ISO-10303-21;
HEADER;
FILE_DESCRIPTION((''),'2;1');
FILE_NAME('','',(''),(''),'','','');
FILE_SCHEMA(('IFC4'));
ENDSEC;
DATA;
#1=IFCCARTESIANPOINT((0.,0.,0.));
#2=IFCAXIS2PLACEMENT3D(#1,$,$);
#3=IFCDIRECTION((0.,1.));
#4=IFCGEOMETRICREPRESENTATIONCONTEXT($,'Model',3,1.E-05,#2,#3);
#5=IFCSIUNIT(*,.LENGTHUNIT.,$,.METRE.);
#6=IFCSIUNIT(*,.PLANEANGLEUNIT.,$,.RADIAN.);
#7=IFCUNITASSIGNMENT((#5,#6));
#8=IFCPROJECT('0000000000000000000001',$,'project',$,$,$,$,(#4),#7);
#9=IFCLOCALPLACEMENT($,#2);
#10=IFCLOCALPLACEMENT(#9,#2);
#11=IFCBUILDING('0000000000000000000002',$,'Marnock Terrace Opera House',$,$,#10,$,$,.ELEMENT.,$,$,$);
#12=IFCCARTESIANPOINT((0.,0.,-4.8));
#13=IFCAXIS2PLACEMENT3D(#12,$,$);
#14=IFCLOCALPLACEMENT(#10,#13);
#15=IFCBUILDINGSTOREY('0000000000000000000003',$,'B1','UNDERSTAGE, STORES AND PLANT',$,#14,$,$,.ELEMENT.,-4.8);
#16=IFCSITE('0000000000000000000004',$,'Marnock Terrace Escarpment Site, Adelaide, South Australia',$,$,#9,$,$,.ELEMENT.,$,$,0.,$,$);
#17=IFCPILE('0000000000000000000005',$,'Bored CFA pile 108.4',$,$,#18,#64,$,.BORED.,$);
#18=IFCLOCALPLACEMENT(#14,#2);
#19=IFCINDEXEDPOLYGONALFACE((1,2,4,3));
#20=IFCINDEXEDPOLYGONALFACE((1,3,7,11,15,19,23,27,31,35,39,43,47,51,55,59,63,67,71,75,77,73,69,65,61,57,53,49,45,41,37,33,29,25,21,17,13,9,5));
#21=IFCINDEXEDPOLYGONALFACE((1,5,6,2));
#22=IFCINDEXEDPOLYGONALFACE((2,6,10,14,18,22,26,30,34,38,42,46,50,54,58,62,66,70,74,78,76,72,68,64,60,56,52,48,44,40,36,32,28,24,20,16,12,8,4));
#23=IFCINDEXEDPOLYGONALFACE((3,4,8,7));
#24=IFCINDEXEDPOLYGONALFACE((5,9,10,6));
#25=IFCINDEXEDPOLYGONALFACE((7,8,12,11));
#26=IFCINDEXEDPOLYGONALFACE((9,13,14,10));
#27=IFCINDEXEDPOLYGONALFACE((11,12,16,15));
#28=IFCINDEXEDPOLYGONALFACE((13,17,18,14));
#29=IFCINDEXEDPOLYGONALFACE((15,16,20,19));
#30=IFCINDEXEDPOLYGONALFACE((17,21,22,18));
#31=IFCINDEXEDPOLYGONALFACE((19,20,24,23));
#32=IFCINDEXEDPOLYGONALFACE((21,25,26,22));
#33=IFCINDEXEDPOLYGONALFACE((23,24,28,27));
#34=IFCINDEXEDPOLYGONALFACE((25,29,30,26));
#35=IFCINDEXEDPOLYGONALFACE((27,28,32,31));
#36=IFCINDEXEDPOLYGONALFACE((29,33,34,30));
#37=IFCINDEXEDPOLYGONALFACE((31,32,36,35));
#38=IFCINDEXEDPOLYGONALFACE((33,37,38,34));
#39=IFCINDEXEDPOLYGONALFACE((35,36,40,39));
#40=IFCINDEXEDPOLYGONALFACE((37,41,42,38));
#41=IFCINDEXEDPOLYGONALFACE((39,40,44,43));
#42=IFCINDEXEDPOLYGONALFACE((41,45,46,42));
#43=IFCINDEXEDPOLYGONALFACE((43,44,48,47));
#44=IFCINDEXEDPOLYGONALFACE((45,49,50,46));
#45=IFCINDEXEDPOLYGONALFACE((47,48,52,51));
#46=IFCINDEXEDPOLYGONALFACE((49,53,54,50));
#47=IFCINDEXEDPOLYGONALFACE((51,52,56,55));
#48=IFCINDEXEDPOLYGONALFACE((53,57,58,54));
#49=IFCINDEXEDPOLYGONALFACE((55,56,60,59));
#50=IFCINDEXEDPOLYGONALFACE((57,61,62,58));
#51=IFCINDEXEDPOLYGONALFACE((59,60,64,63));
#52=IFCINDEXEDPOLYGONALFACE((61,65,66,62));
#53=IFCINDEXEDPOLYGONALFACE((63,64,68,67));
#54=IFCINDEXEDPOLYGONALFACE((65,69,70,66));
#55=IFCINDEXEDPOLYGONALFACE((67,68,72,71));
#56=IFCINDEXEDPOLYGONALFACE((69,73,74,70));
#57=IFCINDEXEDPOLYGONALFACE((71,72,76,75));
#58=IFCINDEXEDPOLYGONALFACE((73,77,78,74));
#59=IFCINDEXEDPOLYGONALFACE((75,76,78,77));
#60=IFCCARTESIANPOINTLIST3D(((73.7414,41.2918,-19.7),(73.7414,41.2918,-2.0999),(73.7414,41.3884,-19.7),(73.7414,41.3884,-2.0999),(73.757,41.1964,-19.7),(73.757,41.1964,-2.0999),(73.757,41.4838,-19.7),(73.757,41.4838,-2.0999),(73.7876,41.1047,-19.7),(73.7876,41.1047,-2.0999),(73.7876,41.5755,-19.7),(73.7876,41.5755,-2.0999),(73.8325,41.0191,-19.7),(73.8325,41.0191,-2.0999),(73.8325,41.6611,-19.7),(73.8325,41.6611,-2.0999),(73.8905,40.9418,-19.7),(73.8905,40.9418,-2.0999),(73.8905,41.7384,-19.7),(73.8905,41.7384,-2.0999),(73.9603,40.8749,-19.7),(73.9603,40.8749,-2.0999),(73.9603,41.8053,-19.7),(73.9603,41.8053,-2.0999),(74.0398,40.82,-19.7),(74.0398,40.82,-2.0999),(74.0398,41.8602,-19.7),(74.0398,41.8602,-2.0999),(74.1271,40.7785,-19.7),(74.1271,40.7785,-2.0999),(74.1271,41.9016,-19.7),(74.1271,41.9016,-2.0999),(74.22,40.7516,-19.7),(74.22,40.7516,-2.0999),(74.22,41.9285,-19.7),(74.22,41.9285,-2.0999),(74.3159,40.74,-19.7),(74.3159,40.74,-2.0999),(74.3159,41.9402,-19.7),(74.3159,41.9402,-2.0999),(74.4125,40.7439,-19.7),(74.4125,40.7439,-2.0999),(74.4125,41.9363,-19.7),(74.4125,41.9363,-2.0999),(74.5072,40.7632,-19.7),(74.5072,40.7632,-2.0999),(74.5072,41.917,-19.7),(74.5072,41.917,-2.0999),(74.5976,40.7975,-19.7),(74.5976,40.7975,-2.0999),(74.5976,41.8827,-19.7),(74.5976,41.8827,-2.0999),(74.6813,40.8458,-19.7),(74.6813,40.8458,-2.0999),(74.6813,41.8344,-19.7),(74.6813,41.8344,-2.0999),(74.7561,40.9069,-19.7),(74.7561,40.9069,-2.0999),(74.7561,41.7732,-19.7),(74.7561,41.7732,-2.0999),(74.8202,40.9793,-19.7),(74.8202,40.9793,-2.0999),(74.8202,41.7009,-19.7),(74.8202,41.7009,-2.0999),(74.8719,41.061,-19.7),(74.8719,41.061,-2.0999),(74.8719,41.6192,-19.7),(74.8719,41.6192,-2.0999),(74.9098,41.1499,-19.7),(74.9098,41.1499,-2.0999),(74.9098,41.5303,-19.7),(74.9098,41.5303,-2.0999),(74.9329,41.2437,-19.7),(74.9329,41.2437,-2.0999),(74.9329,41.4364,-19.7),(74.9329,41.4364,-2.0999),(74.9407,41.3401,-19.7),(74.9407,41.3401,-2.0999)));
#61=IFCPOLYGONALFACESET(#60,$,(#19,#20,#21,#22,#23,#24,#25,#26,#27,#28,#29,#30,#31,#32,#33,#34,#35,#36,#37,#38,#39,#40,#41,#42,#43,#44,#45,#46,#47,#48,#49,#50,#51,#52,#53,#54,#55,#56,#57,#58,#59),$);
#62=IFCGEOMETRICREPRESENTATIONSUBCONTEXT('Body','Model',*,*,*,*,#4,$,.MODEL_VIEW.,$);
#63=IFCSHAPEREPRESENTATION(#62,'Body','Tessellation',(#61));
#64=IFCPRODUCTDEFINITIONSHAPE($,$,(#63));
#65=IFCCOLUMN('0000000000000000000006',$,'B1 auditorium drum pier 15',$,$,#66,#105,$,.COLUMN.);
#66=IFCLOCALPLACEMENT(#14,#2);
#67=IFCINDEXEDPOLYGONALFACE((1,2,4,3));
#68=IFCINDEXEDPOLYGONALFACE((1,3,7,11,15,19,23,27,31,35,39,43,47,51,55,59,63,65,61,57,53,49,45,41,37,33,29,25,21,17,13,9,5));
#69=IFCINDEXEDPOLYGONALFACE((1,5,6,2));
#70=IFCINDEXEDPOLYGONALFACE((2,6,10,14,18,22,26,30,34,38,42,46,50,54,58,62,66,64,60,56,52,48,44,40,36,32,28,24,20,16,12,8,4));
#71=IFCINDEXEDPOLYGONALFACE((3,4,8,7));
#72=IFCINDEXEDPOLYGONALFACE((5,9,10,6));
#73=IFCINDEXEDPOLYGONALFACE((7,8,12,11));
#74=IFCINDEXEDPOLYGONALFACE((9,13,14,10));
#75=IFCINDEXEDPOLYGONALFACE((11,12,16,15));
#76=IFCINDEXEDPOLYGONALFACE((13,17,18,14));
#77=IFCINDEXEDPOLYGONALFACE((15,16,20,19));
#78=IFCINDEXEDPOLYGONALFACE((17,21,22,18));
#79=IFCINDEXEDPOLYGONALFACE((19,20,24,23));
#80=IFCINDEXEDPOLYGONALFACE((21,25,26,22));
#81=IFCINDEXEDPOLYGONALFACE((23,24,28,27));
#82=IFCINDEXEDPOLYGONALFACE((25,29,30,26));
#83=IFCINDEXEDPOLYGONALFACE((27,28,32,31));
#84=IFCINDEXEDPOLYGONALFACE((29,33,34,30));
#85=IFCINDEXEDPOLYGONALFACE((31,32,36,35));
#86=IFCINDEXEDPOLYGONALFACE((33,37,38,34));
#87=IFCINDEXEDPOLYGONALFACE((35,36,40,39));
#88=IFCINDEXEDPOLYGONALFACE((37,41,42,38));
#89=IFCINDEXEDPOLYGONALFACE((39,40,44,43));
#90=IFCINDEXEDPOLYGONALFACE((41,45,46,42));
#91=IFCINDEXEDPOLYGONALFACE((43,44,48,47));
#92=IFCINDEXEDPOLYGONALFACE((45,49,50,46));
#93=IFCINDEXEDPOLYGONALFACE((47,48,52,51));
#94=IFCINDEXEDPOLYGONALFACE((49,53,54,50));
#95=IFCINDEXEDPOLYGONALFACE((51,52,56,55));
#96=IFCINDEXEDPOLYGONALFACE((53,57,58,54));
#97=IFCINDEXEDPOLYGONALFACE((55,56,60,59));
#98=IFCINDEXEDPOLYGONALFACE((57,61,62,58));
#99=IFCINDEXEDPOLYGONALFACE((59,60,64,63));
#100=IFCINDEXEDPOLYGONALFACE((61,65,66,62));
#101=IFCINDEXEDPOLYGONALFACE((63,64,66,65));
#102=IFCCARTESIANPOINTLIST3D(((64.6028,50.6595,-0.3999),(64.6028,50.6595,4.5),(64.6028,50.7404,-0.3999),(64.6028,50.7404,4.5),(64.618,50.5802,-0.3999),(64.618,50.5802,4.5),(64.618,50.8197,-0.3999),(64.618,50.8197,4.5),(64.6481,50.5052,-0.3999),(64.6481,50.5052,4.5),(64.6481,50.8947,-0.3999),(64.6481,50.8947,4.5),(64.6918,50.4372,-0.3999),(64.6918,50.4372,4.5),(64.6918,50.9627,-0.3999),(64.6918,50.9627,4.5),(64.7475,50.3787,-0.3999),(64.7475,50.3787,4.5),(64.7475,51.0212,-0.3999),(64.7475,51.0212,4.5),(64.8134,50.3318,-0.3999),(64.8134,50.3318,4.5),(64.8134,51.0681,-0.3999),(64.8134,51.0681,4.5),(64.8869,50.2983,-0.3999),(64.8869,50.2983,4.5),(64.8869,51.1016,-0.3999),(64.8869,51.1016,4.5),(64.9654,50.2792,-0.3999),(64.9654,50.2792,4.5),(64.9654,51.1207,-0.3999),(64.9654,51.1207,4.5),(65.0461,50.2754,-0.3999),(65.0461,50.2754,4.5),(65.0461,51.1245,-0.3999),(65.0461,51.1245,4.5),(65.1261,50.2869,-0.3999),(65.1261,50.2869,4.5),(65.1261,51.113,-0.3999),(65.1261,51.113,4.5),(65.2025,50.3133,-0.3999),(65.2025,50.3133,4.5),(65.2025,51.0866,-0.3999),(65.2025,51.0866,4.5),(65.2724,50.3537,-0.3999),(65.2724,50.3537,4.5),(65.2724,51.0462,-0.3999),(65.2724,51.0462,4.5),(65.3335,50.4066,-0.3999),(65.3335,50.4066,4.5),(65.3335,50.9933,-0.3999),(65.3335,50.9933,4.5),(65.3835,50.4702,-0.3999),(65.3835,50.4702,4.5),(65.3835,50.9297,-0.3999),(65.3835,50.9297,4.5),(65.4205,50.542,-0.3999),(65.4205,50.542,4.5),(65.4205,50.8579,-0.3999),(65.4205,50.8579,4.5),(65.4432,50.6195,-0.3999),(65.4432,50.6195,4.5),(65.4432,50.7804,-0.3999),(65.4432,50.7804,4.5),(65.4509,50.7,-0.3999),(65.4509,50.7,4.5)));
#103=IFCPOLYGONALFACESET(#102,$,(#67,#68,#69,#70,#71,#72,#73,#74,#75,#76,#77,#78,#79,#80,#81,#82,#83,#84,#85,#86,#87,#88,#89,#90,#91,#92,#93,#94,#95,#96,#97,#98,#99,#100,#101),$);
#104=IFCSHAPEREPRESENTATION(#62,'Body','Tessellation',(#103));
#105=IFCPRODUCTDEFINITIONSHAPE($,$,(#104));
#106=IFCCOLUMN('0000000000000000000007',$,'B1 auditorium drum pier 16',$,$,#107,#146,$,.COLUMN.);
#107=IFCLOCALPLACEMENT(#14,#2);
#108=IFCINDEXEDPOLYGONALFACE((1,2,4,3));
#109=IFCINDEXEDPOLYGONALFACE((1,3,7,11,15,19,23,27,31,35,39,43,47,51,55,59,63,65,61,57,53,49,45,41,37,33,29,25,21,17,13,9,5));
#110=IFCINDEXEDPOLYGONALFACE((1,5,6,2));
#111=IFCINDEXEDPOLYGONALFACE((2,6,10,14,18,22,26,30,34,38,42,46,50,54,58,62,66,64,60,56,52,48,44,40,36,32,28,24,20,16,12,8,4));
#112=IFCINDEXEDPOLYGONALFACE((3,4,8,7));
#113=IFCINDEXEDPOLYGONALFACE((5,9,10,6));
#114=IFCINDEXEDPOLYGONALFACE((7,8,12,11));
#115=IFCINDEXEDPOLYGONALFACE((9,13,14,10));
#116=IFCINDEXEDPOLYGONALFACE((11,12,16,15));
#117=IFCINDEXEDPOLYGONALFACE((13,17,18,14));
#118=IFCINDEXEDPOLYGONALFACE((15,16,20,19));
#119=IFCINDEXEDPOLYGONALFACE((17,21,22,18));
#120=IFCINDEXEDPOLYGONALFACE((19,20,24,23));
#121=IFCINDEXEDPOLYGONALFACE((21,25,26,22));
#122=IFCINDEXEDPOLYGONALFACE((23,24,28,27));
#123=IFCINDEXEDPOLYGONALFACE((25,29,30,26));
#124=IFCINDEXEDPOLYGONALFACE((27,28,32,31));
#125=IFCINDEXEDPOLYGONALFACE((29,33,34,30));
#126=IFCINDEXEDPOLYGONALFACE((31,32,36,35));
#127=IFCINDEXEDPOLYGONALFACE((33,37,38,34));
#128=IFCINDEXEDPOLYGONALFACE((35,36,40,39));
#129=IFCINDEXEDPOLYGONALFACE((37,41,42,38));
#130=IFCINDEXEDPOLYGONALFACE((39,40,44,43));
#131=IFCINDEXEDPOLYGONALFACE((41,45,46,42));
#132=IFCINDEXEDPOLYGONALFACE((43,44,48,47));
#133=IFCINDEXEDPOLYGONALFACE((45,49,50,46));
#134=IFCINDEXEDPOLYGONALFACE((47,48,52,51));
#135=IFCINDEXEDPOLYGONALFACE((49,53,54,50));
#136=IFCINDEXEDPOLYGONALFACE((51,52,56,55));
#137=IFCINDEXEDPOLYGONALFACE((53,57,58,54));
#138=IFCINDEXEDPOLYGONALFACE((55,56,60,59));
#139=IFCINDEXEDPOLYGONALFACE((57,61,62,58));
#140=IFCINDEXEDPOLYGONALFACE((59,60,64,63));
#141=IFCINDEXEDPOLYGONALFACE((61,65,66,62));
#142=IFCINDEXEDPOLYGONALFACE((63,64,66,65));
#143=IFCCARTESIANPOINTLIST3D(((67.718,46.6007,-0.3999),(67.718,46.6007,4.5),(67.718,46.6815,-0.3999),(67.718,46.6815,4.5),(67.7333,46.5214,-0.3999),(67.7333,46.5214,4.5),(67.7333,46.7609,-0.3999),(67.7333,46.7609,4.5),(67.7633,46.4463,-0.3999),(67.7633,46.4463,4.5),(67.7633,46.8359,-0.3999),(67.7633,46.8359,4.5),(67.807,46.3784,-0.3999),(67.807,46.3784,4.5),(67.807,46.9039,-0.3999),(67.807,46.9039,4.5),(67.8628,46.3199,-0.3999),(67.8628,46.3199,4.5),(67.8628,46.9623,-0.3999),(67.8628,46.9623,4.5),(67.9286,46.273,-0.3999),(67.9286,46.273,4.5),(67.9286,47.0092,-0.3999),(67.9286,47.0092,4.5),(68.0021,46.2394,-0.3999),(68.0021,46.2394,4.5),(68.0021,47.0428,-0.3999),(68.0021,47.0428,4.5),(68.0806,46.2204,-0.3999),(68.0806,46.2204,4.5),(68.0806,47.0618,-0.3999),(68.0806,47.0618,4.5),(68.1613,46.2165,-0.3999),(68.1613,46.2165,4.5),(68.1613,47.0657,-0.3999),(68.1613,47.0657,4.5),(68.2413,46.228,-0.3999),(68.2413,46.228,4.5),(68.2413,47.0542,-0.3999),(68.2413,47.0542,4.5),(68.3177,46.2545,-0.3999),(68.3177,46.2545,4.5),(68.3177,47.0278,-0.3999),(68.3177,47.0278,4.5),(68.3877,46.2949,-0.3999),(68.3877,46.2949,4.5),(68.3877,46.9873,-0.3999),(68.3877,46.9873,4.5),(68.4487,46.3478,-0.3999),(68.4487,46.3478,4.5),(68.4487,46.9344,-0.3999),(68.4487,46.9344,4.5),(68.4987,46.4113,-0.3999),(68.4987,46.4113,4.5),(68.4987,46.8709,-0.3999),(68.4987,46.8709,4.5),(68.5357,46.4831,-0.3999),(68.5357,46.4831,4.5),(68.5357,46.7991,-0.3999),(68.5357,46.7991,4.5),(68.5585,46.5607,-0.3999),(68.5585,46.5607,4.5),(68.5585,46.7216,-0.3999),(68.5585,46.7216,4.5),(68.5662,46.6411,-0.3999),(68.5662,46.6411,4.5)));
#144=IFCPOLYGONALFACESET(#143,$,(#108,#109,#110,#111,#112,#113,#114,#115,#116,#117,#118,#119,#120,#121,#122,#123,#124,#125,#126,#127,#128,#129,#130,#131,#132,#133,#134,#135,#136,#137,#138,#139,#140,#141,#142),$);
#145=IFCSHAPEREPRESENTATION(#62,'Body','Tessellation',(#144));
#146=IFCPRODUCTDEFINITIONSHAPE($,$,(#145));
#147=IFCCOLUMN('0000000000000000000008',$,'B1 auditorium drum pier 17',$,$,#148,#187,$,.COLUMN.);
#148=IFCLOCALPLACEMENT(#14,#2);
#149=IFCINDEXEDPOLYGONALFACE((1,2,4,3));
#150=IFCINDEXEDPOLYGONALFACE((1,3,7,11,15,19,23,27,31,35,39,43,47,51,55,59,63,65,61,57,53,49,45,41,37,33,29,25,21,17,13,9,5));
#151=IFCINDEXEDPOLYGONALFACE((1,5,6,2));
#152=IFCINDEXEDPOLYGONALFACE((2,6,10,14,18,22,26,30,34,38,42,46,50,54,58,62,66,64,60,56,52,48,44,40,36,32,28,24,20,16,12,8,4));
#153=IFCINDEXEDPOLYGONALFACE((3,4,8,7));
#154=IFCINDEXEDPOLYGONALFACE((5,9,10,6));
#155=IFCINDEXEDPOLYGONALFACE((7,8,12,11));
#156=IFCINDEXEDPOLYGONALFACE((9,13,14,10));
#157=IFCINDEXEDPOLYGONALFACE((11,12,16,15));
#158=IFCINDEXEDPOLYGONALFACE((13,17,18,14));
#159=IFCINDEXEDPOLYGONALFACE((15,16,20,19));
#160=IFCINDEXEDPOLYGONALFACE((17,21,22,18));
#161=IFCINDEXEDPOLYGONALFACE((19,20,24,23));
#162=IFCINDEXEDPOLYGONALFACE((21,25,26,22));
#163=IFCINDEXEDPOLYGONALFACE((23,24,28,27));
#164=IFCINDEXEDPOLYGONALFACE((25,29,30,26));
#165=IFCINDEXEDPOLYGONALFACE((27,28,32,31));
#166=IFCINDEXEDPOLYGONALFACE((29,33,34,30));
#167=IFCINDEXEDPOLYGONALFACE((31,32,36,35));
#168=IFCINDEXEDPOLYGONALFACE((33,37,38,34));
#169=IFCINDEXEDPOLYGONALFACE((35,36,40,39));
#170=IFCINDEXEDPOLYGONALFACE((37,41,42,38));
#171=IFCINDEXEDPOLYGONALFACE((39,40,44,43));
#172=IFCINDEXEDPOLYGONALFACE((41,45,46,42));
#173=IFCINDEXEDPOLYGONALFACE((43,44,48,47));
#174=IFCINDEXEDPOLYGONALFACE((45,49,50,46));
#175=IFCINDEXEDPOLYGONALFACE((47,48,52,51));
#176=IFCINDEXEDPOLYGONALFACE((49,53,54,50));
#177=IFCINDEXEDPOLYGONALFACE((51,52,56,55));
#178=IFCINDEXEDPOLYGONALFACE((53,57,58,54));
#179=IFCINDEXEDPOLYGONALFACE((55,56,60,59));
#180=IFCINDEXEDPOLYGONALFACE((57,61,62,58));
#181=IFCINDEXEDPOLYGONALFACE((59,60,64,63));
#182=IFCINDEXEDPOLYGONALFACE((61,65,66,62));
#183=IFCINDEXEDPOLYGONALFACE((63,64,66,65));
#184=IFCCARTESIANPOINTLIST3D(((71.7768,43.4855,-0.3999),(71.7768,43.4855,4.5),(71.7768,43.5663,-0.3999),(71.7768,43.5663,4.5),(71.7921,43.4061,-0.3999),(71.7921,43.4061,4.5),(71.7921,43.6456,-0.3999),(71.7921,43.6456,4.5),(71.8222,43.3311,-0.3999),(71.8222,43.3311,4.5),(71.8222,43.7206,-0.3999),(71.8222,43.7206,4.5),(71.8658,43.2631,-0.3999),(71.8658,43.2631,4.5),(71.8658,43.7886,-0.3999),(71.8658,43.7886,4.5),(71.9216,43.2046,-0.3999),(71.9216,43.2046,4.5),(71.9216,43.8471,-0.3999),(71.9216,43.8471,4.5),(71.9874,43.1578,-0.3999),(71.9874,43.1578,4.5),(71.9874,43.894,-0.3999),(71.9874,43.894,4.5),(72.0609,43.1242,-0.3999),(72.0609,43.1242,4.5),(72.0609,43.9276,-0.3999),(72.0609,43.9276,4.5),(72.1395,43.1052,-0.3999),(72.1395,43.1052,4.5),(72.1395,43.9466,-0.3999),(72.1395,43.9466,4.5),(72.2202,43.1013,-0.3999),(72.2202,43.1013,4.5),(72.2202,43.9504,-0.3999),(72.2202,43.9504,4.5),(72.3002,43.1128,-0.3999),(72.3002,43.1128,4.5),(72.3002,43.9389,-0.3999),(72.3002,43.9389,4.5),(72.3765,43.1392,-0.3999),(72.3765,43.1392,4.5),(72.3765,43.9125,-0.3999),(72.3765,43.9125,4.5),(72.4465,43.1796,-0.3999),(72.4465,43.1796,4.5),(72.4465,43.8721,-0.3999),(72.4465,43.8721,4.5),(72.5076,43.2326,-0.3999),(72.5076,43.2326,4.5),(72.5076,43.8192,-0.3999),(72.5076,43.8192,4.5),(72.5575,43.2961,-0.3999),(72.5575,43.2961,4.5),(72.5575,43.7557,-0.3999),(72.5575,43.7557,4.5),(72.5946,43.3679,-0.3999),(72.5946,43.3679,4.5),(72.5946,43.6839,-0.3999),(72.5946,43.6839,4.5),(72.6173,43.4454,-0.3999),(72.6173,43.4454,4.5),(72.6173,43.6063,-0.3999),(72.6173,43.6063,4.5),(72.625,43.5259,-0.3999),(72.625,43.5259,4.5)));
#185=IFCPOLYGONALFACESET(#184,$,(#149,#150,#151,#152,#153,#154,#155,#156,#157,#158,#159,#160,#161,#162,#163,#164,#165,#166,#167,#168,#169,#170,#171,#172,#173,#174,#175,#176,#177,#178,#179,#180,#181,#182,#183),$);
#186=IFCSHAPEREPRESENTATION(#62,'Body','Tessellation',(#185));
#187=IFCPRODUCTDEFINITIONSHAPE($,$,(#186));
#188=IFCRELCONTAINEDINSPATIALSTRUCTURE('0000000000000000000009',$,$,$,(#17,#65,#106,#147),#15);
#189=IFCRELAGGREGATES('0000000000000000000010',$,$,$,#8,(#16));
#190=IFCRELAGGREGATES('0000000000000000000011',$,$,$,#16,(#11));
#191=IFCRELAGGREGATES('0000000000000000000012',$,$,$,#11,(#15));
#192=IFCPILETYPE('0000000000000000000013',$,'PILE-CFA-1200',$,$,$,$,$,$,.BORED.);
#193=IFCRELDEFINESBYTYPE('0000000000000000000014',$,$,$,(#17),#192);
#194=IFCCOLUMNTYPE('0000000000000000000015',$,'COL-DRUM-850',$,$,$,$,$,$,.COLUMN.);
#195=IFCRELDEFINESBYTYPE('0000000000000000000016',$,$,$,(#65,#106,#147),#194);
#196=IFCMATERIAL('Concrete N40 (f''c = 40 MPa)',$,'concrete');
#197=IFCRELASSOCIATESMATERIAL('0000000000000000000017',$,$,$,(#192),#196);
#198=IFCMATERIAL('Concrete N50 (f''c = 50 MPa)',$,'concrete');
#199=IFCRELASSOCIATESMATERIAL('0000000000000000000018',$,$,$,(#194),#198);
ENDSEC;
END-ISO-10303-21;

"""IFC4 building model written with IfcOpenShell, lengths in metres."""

from ifc_helpers import new_model, si_unit, direction, frame, origin, origin_2d, place, context, subcontext, project, spatial, circle, extrude, material, material_profile, profile_set, type_object, element, save


model = new_model("IFC4")

# Units and contexts
model_context = context("Model", 3, precision=1e-05, world=origin(), true_north=direction((0.0, 1.0)))
body_context = subcontext(model_context, "Body", "Model", "MODEL_VIEW")
ifc_project = project(units=[si_unit("LENGTHUNIT", "METRE"), si_unit("PLANEANGLEUNIT", "RADIAN")], contexts=[model_context])

# Site, building, storey
site_placement = place(None, origin())
site = spatial("IfcSite", under=ifc_project, at=site_placement, Name="Marnock Terrace Escarpment Site, Adelaide, South Australia", CompositionType="ELEMENT", RefElevation=0.0)
building_placement = place(site_placement, origin())
building = spatial("IfcBuilding", under=site, at=building_placement, Name="Marnock Terrace Opera House", CompositionType="ELEMENT")
storey_placement = place(building_placement, frame((0.0, 0.0, -4.8)))
storey = spatial("IfcBuildingStorey", under=building, at=storey_placement, Name="B1", Description="UNDERSTAGE, STORES AND PLANT", CompositionType="ELEMENT", Elevation=-4.8)

# Shared definitions
ifc_material_1 = material(Name="Concrete N40 (f'c = 40 MPa)", Category="concrete")

# Pile
ifc_material_profile_1 = material_profile(ifc_material_1, circle(Radius=0.6006, at=origin_2d()))
ifc_profile_set_1 = profile_set([ifc_material_profile_1], Name="Concrete N40 (f'c = 40 MPa)")
pile_type = type_object("IfcPileType", Name="PILE-CFA-1200", PredefinedType="BORED", material=ifc_profile_set_1)
for number, where, z_axis, x_axis, name in (
    (1, (74.3401, 41.3401, -2.0999), (0.0, 0.0, -1.0), (1.0, 0.0, 0.0), "Bored CFA pile 108.4"),
):
    element("IfcPile", number, at=place(storey_placement, frame(where, z_axis=z_axis, x_axis=x_axis)), inside=storey, type_object=pile_type, Name=name, PredefinedType="BORED", context=body_context, shape_type="SweptSolid", body=[
        extrude(circle(Radius=0.6006, at=origin_2d()), origin(), (0.0, 0.0, 1.0), 17.6001),
    ])

# Columns
ifc_material_2 = material(Name="Concrete N50 (f'c = 50 MPa)", Category="concrete")
ifc_material_profile_2 = material_profile(ifc_material_2, circle(Radius=0.425, at=origin_2d()))
ifc_profile_set_2 = profile_set([ifc_material_profile_2], Name="Concrete N50 (f'c = 50 MPa)")
column_type_1 = type_object("IfcColumnType", Name="COL-DRUM-850", PredefinedType="COLUMN", material=ifc_profile_set_2)
for number, where, z_axis, x_axis, name in (
    (2, (65.0259, 50.7, -0.3999), (0.0, 0.0, 1.0), (1.0, 0.0, 0.0), "B1 auditorium drum pier 15"),
    (3, (68.1411, 46.6411, -0.3999), (0.0, 0.0, 1.0), (1.0, 0.0, 0.0), "B1 auditorium drum pier 16"),
    (4, (72.2, 43.5259, -0.3999), (0.0, 0.0, 1.0), (1.0, 0.0, 0.0), "B1 auditorium drum pier 17"),
):
    element("IfcColumn", number, at=place(storey_placement, frame(where, z_axis=z_axis, x_axis=x_axis)), inside=storey, type_object=column_type_1, Name=name, PredefinedType="COLUMN", context=body_context, shape_type="SweptSolid", body=[
        extrude(circle(Radius=0.425, at=origin_2d()), origin(), (0.0, 0.0, 1.0), 4.8999),
    ])

save(model, "model.ifc")
